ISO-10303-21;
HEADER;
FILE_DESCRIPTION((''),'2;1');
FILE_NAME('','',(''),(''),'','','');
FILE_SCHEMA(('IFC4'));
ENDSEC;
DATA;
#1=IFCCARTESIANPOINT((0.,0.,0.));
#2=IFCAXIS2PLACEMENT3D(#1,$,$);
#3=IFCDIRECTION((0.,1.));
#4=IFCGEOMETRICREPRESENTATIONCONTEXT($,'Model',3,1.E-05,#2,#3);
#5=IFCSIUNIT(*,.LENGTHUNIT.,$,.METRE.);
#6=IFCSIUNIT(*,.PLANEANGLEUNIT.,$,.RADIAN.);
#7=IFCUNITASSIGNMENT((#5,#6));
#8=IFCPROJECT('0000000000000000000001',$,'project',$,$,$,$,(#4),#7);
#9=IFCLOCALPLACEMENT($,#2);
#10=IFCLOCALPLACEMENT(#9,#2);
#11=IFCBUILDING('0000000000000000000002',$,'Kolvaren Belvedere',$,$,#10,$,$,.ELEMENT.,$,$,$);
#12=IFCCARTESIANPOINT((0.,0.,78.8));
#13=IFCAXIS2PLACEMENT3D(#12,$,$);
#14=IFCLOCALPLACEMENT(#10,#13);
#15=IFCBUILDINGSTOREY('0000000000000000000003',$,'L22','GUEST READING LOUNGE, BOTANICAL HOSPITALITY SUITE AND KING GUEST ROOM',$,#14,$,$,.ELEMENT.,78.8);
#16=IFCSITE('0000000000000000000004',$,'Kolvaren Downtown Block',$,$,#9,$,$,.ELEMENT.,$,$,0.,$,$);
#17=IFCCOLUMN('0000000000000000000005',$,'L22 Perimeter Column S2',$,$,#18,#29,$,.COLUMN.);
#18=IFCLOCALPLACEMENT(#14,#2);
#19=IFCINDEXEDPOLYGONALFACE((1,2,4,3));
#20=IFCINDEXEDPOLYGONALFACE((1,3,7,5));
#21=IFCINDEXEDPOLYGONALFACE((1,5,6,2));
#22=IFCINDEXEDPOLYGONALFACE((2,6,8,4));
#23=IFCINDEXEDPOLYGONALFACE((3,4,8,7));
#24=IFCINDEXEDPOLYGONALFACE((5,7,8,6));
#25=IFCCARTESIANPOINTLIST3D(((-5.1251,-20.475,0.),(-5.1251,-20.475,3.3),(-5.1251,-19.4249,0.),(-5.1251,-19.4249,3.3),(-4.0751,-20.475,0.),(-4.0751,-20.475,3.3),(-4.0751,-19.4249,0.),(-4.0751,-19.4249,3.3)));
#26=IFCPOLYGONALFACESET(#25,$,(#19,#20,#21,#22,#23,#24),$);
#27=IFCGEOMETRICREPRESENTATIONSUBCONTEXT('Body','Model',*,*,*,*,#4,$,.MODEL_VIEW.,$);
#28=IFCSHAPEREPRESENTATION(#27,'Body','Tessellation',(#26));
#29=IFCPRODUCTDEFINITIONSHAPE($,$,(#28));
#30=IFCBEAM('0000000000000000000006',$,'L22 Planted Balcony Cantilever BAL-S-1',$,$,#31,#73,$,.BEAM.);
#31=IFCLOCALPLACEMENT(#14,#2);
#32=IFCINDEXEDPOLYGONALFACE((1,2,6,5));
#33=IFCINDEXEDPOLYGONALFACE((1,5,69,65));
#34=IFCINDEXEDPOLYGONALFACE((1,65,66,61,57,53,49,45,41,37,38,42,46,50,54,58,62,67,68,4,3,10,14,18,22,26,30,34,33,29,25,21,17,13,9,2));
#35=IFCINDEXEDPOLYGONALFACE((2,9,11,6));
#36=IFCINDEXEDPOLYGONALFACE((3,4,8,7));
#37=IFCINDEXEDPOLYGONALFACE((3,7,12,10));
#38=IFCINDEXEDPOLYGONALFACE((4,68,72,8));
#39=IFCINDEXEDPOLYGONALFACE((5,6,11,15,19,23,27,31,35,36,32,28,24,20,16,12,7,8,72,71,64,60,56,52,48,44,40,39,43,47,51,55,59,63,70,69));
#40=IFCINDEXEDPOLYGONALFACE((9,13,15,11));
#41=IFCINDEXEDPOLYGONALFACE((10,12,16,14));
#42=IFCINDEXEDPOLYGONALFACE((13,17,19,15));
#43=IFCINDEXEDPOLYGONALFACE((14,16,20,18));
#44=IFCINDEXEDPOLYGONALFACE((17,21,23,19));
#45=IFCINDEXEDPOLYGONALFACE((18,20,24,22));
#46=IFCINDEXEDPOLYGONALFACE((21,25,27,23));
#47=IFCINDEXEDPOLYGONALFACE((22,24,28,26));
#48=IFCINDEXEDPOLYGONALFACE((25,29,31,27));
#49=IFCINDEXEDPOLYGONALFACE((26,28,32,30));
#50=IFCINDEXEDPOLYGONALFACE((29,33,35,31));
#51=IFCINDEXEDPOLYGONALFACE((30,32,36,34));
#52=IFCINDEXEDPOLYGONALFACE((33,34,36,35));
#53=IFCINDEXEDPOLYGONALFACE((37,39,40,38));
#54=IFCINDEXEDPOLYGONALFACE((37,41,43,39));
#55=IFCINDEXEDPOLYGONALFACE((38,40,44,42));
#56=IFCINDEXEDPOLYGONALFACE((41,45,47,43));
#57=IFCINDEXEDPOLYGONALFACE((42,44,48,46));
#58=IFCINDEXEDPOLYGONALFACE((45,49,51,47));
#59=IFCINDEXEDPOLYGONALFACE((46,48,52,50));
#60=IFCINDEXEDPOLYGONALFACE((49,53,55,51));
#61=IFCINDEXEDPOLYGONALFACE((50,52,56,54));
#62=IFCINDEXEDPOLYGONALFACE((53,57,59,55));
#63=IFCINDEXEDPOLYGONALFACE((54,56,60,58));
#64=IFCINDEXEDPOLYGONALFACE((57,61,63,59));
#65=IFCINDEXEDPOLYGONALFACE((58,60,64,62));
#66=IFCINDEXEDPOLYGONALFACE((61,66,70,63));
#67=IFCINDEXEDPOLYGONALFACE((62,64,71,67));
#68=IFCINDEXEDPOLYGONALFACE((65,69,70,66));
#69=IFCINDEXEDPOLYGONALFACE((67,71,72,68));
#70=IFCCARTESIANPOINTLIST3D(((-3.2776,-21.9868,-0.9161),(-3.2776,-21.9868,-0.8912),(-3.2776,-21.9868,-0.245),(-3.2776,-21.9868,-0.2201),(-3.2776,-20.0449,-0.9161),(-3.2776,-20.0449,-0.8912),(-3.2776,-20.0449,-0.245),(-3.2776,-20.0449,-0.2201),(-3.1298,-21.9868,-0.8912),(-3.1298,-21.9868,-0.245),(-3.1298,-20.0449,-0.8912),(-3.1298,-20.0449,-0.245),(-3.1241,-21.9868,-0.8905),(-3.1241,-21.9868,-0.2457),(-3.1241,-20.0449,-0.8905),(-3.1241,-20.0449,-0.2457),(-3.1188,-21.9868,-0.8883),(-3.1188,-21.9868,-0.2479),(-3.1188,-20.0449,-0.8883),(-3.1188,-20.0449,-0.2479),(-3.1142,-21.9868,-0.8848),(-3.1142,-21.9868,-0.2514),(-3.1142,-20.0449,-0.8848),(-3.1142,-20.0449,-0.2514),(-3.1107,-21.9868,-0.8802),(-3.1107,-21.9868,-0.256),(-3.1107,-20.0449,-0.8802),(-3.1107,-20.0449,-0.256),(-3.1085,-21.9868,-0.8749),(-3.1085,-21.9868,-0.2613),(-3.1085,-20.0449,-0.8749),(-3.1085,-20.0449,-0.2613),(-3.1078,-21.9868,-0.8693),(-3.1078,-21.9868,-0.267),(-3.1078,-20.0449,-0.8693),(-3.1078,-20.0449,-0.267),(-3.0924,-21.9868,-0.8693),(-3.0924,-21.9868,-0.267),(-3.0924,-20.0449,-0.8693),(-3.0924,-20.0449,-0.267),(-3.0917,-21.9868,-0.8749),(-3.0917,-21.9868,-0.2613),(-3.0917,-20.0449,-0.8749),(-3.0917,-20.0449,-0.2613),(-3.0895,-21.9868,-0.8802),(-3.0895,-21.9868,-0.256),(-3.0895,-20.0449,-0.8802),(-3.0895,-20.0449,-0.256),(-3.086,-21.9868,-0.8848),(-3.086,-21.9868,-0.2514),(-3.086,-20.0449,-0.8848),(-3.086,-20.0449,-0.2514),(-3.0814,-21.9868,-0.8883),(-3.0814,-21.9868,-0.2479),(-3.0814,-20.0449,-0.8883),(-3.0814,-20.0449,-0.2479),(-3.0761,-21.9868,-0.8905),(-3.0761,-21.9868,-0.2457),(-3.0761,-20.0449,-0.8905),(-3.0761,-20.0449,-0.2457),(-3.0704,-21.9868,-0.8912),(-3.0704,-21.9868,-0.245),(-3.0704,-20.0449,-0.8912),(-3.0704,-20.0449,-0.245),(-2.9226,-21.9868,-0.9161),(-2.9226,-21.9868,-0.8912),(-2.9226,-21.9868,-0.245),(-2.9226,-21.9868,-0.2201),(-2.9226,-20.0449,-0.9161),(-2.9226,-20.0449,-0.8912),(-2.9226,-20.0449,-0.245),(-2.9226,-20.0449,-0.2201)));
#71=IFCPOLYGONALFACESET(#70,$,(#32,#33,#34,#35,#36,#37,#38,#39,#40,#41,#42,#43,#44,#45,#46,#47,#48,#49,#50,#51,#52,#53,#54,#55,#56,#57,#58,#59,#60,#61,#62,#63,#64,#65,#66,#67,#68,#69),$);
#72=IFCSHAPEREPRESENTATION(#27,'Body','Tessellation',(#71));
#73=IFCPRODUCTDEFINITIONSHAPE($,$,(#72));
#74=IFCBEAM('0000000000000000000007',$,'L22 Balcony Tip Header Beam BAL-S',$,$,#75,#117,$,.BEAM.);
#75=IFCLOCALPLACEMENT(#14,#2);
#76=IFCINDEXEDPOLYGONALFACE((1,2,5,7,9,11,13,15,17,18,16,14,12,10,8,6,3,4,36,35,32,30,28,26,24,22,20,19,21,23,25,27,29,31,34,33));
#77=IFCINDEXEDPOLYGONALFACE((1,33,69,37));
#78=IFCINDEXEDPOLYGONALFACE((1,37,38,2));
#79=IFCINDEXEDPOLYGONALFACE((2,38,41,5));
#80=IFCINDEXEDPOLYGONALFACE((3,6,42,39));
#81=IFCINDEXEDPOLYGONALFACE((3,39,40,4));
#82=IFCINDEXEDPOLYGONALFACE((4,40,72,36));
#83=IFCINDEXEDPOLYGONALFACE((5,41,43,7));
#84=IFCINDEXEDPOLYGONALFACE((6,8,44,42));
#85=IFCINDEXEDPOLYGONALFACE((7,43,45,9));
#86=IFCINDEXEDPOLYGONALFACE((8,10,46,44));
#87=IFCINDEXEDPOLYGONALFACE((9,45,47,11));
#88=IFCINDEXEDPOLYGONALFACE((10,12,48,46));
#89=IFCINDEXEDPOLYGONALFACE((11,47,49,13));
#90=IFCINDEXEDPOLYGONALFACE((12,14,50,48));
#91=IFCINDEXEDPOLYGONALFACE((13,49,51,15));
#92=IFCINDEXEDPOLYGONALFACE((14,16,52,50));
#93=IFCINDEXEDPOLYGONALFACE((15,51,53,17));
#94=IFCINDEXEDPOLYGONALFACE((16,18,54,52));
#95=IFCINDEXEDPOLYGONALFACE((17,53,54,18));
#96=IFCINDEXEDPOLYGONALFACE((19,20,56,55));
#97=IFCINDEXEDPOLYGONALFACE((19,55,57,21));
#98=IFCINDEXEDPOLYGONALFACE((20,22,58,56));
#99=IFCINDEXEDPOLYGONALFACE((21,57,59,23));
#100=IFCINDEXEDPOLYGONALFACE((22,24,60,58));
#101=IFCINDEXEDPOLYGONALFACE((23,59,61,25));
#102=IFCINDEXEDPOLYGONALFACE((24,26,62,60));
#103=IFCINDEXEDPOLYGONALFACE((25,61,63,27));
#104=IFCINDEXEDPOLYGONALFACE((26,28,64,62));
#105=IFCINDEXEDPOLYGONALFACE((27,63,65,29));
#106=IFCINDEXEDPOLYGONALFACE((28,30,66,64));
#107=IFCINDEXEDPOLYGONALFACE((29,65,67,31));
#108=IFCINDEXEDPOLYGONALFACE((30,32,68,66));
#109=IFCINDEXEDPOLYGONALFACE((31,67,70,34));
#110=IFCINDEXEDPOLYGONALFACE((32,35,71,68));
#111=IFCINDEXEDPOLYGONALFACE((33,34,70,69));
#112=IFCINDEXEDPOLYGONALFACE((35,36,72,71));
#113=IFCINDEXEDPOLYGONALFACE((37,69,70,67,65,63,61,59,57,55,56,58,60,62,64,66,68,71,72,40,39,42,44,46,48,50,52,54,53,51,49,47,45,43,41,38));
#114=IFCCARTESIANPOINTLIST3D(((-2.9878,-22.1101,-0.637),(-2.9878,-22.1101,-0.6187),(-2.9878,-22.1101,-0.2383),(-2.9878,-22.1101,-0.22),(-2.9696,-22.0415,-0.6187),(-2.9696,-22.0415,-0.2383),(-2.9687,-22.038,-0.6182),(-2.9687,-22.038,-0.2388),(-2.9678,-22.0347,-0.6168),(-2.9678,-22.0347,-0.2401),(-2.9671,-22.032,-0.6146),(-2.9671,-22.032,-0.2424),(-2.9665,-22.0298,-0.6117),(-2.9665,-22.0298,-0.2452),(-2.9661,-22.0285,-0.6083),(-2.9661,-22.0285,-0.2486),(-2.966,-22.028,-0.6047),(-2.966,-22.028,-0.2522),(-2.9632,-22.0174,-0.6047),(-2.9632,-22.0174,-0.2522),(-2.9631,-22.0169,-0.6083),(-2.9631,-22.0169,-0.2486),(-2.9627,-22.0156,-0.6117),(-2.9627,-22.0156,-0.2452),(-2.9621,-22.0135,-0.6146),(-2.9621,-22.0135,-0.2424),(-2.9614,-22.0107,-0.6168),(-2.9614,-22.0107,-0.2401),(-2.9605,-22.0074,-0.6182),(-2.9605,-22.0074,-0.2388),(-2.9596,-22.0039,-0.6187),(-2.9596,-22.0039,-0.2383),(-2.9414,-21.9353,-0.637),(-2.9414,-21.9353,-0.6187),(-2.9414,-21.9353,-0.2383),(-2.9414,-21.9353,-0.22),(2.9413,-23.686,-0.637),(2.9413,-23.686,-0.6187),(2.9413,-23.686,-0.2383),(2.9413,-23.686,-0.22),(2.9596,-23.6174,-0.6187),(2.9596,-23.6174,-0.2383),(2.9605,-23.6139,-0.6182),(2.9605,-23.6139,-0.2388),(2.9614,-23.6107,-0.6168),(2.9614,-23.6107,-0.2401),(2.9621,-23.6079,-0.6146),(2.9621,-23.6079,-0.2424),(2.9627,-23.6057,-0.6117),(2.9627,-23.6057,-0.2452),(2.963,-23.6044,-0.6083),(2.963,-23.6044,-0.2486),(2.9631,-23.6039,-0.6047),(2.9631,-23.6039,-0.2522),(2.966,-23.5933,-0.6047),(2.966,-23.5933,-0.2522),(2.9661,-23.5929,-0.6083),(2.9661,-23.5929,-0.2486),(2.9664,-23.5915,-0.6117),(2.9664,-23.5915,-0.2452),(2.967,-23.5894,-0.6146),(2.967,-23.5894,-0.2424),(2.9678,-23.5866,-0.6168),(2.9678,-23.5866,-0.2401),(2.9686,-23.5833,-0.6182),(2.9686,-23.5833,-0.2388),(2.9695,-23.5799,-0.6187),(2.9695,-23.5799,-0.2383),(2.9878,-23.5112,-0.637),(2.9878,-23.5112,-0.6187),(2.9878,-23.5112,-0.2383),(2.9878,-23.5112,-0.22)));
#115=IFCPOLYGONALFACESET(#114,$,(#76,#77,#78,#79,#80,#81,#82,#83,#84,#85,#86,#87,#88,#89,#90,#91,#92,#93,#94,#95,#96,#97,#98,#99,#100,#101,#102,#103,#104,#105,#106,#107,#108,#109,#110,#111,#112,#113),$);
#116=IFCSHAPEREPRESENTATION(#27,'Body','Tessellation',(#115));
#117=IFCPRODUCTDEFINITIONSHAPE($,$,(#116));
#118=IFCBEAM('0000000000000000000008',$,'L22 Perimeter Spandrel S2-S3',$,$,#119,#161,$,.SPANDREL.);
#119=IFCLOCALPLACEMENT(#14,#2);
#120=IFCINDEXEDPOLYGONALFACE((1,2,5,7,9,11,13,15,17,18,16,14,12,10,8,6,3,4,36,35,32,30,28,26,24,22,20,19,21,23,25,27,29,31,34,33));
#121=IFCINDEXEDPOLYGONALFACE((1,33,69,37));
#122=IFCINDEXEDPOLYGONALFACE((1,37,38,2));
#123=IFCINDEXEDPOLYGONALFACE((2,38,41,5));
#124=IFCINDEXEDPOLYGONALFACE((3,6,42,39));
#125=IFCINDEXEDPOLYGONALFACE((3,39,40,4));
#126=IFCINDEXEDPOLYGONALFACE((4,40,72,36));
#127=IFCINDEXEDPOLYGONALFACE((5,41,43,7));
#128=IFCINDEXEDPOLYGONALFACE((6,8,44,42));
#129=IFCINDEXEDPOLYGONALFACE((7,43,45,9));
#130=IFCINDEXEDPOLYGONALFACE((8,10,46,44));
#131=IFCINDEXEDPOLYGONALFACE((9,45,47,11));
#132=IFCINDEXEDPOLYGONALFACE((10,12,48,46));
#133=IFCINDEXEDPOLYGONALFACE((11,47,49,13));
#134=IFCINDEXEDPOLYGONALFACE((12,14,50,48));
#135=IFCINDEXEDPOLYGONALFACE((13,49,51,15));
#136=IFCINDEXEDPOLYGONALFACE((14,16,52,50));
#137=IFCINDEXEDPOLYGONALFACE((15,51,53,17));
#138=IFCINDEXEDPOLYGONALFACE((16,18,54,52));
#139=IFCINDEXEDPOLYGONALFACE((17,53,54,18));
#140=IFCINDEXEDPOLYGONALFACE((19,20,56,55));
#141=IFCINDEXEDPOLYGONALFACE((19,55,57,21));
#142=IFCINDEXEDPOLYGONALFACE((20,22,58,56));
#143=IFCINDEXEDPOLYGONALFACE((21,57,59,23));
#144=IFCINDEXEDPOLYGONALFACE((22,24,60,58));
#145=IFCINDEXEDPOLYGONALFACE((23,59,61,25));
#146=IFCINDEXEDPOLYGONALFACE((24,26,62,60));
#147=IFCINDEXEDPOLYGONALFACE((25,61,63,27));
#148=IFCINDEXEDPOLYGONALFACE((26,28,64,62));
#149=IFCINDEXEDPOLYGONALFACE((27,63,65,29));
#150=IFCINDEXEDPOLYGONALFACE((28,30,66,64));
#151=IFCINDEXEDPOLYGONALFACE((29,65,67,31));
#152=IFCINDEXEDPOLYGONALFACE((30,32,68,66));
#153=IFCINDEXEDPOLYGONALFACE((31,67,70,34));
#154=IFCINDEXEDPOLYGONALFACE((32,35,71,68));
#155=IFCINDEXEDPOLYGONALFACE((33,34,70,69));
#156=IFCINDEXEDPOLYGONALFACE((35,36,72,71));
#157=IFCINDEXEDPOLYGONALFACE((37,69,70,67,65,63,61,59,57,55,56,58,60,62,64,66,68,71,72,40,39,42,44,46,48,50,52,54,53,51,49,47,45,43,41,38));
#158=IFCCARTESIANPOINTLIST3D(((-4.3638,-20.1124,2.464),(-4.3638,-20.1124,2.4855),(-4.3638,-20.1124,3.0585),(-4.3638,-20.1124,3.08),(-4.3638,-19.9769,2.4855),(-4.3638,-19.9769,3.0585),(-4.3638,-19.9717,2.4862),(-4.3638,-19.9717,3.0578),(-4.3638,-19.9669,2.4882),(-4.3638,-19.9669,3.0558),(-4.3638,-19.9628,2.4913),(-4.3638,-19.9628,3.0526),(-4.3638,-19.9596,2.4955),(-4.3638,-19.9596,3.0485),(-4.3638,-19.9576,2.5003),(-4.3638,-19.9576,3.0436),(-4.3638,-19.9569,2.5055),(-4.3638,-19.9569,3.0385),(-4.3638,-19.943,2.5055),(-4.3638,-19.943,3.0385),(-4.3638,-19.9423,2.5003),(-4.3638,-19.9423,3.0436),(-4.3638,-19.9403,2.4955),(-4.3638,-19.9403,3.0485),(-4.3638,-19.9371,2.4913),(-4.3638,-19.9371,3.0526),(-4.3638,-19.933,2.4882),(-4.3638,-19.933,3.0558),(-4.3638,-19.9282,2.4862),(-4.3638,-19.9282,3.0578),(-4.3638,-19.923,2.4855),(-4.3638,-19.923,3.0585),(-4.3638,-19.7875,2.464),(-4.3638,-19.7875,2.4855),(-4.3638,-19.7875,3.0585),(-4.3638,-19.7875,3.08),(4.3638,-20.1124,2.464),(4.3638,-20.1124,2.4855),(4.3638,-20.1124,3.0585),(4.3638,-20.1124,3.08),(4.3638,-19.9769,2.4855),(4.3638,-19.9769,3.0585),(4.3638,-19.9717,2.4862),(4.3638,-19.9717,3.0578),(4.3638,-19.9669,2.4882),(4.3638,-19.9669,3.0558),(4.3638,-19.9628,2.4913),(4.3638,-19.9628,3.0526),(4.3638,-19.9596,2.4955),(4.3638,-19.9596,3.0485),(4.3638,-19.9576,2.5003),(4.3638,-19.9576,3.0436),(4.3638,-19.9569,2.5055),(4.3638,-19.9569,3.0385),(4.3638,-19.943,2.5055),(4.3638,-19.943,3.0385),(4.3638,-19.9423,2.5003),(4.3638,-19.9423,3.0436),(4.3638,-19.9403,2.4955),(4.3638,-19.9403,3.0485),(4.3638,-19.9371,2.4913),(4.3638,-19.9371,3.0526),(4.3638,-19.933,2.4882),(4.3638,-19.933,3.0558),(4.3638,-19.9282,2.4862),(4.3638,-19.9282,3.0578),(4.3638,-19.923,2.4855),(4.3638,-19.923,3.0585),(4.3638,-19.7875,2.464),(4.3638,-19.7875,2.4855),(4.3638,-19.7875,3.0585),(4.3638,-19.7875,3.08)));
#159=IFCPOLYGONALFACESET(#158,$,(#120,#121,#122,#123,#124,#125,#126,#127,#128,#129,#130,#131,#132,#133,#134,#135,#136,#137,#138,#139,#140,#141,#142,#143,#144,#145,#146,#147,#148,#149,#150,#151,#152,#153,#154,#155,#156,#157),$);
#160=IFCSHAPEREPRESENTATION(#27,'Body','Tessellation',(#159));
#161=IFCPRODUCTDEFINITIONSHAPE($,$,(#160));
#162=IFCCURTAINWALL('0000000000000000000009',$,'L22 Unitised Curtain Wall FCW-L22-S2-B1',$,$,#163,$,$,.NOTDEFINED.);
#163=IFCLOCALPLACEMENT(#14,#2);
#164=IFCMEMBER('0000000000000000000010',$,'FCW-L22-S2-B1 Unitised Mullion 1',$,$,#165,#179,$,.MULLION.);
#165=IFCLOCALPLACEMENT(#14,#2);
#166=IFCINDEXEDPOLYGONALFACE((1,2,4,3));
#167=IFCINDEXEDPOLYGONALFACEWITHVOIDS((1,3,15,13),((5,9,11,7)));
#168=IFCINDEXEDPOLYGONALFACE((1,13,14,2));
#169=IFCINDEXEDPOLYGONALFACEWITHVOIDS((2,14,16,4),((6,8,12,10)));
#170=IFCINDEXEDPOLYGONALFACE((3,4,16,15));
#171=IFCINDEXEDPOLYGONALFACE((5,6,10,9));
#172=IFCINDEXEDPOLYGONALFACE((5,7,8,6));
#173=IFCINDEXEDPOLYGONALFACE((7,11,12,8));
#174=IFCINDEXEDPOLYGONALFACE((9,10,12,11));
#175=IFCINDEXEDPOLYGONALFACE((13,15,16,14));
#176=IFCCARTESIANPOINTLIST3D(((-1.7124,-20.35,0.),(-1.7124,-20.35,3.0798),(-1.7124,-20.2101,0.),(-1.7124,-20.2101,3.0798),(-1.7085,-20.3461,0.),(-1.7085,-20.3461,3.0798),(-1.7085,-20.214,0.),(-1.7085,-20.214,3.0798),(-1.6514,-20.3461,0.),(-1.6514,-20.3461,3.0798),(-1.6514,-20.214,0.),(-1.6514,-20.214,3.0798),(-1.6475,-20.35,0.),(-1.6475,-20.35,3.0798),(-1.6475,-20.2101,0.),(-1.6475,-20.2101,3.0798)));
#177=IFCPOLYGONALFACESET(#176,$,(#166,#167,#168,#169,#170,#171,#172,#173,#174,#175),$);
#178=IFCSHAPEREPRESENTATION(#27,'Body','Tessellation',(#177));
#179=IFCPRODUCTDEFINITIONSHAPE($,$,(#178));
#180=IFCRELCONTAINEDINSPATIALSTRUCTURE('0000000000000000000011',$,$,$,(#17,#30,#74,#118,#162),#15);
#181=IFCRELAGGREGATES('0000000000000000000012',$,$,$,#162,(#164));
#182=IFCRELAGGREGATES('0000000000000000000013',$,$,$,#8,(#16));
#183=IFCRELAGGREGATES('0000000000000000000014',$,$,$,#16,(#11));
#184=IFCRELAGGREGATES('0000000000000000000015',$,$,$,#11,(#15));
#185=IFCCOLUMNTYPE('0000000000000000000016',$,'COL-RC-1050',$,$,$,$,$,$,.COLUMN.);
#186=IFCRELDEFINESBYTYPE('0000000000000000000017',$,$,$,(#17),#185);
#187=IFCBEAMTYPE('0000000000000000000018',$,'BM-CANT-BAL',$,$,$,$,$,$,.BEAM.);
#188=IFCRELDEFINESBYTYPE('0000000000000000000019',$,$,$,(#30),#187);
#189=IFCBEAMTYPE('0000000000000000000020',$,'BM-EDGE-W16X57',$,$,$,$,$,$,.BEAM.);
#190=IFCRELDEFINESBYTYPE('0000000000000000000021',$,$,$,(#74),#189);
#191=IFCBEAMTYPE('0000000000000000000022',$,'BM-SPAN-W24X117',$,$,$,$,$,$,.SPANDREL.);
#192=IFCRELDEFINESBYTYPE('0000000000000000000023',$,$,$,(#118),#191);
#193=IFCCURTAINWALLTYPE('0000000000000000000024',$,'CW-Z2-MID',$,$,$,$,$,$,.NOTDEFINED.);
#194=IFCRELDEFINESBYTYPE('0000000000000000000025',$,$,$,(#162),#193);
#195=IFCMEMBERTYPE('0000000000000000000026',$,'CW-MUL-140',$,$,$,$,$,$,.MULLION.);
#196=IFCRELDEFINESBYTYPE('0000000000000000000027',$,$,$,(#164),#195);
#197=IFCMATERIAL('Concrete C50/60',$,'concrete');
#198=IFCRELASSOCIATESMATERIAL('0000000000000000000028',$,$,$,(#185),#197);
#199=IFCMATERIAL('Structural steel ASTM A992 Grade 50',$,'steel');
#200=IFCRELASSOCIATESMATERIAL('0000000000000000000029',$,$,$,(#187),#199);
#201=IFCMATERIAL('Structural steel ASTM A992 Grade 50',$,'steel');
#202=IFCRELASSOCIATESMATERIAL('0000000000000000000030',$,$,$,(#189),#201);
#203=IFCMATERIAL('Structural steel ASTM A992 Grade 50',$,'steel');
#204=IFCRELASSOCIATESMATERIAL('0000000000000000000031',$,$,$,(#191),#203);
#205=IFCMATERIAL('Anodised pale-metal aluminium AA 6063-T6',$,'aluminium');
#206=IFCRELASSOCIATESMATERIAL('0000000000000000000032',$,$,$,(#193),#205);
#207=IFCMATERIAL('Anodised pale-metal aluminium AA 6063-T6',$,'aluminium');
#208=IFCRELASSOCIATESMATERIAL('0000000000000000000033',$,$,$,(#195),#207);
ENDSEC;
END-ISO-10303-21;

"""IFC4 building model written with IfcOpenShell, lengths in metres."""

from ifc_helpers import new_model, si_unit, direction, frame, origin, origin_2d, place, context, subcontext, project, spatial, rectangle, hollow_rectangle, i_section, extrude, material, material_profile, profile_set, type_object, element, aggregate, save


model = new_model("IFC4")

# Units and contexts
model_context = context("Model", 3, precision=1e-05, world=origin(), true_north=direction((0.0, 1.0)))
body_context = subcontext(model_context, "Body", "Model", "MODEL_VIEW")
ifc_project = project(units=[si_unit("LENGTHUNIT", "METRE"), si_unit("PLANEANGLEUNIT", "RADIAN")], contexts=[model_context])

# Site, building, storey
site_placement = place(None, origin())
site = spatial("IfcSite", under=ifc_project, at=site_placement, Name="Kolvaren Downtown Block", CompositionType="ELEMENT", RefElevation=0.0)
building_placement = place(site_placement, origin())
building = spatial("IfcBuilding", under=site, at=building_placement, Name="Kolvaren Belvedere", CompositionType="ELEMENT")
storey_placement = place(building_placement, frame((0.0, 0.0, 78.8)))
storey = spatial("IfcBuildingStorey", under=building, at=storey_placement, Name="L22", Description="GUEST READING LOUNGE, BOTANICAL HOSPITALITY SUITE AND KING GUEST ROOM", CompositionType="ELEMENT", Elevation=78.8)

# Column
ifc_material_1 = material(Name="Concrete C50/60", Category="concrete")
ifc_material_profile_1 = material_profile(ifc_material_1, rectangle(XDim=1.05, YDim=1.05, at=origin_2d()), Name="RC 1050X1050")
ifc_profile_set_1 = profile_set([ifc_material_profile_1], Name="Concrete C50/60")
column_type = type_object("IfcColumnType", Name="COL-RC-1050", PredefinedType="COLUMN", material=ifc_profile_set_1)
column_placement = place(storey_placement, frame((-4.6001, -19.95, 0.0), z_axis=(0.0, 0.0, 1.0), x_axis=(1.0, 0.0, 0.0)))
element("IfcColumn", 1, at=column_placement, inside=storey, type_object=column_type, Name="L22 Perimeter Column S2", PredefinedType="COLUMN", context=body_context, shape_type="SweptSolid", body=[
    extrude(rectangle(XDim=1.05, YDim=1.05, at=origin_2d()), origin(), (0.0, 0.0, 1.0), 3.3),
])

# Beams
ifc_material_2 = material(Name="Structural steel ASTM A992 Grade 50", Category="steel")
ifc_material_profile_2 = material_profile(ifc_material_2, i_section(OverallWidth=0.355, OverallDepth=0.696, WebThickness=0.0154, FlangeThickness=0.0249, FilletRadius=0.022, at=origin_2d()), Name="W27X146")
ifc_profile_set_2 = profile_set([ifc_material_profile_2], Name="Structural steel ASTM A992 Grade 50")
beam_type_1 = type_object("IfcBeamType", Name="BM-CANT-BAL", PredefinedType="BEAM", material=ifc_profile_set_2)
beam_1_placement = place(storey_placement, frame((-3.1001, -20.0449, -0.5681), z_axis=(0.0, -1.0, 0.0), x_axis=(1.0, 0.0, 0.0)))
element("IfcBeam", 2, at=beam_1_placement, inside=storey, type_object=beam_type_1, Name="L22 Planted Balcony Cantilever BAL-S-1", PredefinedType="BEAM", context=body_context, shape_type="SweptSolid", body=[
    extrude(i_section(OverallWidth=0.355, OverallDepth=0.696, WebThickness=0.0154, FlangeThickness=0.0249, FilletRadius=0.022, at=origin_2d()), origin(), (0.0, 0.0, 1.0), 1.9419),
])
ifc_material_3 = material(Name="Structural steel ASTM A992 Grade 50", Category="steel")
ifc_material_profile_3 = material_profile(ifc_material_3, i_section(OverallWidth=0.1809, OverallDepth=0.417, WebThickness=0.011, FlangeThickness=0.0183, FilletRadius=0.0139, at=origin_2d()), Name="W16X57")
ifc_profile_set_3 = profile_set([ifc_material_profile_3], Name="Structural steel ASTM A992 Grade 50")
beam_type_2 = type_object("IfcBeamType", Name="BM-EDGE-W16X57", PredefinedType="BEAM", material=ifc_profile_set_3)
beam_2_placement = place(storey_placement, frame((-2.9646, -22.0227, -0.4285), z_axis=(0.966445, -0.256872, 0.0), x_axis=(0.256872, 0.966445, 0.0)))
element("IfcBeam", 3, at=beam_2_placement, inside=storey, type_object=beam_type_2, Name="L22 Balcony Tip Header Beam BAL-S", PredefinedType="BEAM", context=body_context, shape_type="SweptSolid", body=[
    extrude(i_section(OverallWidth=0.1809, OverallDepth=0.417, WebThickness=0.011, FlangeThickness=0.0183, FilletRadius=0.0139, at=origin_2d()), origin(), (0.0, 0.0, 1.0), 6.135),
])
ifc_material_4 = material(Name="Structural steel ASTM A992 Grade 50", Category="steel")
ifc_material_profile_4 = material_profile(ifc_material_4, i_section(OverallWidth=0.325, OverallDepth=0.616, WebThickness=0.0139, FlangeThickness=0.0215, FilletRadius=0.02, at=origin_2d()), Name="W24X117")
ifc_profile_set_4 = profile_set([ifc_material_profile_4], Name="Structural steel ASTM A992 Grade 50")
beam_type_3 = type_object("IfcBeamType", Name="BM-SPAN-W24X117", PredefinedType="SPANDREL", material=ifc_profile_set_4)
beam_3_placement = place(storey_placement, frame((-4.3638, -19.95, 2.772), z_axis=(1.0, 0.0, 0.0), x_axis=(0.0, 1.0, 0.0)))
element("IfcBeam", 4, at=beam_3_placement, inside=storey, type_object=beam_type_3, Name="L22 Perimeter Spandrel S2-S3", PredefinedType="SPANDREL", context=body_context, shape_type="SweptSolid", body=[
    extrude(i_section(OverallWidth=0.325, OverallDepth=0.616, WebThickness=0.0139, FlangeThickness=0.0215, FilletRadius=0.02, at=origin_2d()), origin(), (0.0, 0.0, 1.0), 8.7275),
])

# Curtain wall, member
ifc_material_5 = material(Name="Anodised pale-metal aluminium AA 6063-T6", Category="aluminium")
curtain_wall_type = type_object("IfcCurtainWallType", Name="CW-Z2-MID", PredefinedType="NOTDEFINED", material=ifc_material_5)
curtain_wall_1_placement = place(storey_placement, origin())
curtain_wall_1 = element("IfcCurtainWall", 5, at=curtain_wall_1_placement, inside=storey, type_object=curtain_wall_type, Name="L22 Unitised Curtain Wall FCW-L22-S2-B1", PredefinedType="NOTDEFINED")
ifc_material_6 = material(Name="Anodised pale-metal aluminium AA 6063-T6", Category="aluminium")
ifc_material_profile_5 = material_profile(ifc_material_6, hollow_rectangle(XDim=0.0649, YDim=0.1399, WallThickness=0.0039, at=origin_2d()), Name="ALU-MUL-140X65")
ifc_profile_set_5 = profile_set([ifc_material_profile_5], Name="Anodised pale-metal aluminium AA 6063-T6")
member_type_1 = type_object("IfcMemberType", Name="CW-MUL-140", PredefinedType="MULLION", material=ifc_profile_set_5)
member_1_placement = place(storey_placement, frame((-1.6799, -20.28, 0.0), z_axis=(0.0, 0.0, 1.0), x_axis=(1.0, 0.0, 0.0)))
member_1 = element("IfcMember", 6, at=member_1_placement, type_object=member_type_1, Name="FCW-L22-S2-B1 Unitised Mullion 1", PredefinedType="MULLION", context=body_context, shape_type="SweptSolid", body=[
    extrude(hollow_rectangle(XDim=0.0649, YDim=0.1399, WallThickness=0.0039, at=origin_2d()), origin(), (0.0, 0.0, 1.0), 3.0798),
])

aggregate(curtain_wall_1, [member_1])

save(model, "model.ifc")
